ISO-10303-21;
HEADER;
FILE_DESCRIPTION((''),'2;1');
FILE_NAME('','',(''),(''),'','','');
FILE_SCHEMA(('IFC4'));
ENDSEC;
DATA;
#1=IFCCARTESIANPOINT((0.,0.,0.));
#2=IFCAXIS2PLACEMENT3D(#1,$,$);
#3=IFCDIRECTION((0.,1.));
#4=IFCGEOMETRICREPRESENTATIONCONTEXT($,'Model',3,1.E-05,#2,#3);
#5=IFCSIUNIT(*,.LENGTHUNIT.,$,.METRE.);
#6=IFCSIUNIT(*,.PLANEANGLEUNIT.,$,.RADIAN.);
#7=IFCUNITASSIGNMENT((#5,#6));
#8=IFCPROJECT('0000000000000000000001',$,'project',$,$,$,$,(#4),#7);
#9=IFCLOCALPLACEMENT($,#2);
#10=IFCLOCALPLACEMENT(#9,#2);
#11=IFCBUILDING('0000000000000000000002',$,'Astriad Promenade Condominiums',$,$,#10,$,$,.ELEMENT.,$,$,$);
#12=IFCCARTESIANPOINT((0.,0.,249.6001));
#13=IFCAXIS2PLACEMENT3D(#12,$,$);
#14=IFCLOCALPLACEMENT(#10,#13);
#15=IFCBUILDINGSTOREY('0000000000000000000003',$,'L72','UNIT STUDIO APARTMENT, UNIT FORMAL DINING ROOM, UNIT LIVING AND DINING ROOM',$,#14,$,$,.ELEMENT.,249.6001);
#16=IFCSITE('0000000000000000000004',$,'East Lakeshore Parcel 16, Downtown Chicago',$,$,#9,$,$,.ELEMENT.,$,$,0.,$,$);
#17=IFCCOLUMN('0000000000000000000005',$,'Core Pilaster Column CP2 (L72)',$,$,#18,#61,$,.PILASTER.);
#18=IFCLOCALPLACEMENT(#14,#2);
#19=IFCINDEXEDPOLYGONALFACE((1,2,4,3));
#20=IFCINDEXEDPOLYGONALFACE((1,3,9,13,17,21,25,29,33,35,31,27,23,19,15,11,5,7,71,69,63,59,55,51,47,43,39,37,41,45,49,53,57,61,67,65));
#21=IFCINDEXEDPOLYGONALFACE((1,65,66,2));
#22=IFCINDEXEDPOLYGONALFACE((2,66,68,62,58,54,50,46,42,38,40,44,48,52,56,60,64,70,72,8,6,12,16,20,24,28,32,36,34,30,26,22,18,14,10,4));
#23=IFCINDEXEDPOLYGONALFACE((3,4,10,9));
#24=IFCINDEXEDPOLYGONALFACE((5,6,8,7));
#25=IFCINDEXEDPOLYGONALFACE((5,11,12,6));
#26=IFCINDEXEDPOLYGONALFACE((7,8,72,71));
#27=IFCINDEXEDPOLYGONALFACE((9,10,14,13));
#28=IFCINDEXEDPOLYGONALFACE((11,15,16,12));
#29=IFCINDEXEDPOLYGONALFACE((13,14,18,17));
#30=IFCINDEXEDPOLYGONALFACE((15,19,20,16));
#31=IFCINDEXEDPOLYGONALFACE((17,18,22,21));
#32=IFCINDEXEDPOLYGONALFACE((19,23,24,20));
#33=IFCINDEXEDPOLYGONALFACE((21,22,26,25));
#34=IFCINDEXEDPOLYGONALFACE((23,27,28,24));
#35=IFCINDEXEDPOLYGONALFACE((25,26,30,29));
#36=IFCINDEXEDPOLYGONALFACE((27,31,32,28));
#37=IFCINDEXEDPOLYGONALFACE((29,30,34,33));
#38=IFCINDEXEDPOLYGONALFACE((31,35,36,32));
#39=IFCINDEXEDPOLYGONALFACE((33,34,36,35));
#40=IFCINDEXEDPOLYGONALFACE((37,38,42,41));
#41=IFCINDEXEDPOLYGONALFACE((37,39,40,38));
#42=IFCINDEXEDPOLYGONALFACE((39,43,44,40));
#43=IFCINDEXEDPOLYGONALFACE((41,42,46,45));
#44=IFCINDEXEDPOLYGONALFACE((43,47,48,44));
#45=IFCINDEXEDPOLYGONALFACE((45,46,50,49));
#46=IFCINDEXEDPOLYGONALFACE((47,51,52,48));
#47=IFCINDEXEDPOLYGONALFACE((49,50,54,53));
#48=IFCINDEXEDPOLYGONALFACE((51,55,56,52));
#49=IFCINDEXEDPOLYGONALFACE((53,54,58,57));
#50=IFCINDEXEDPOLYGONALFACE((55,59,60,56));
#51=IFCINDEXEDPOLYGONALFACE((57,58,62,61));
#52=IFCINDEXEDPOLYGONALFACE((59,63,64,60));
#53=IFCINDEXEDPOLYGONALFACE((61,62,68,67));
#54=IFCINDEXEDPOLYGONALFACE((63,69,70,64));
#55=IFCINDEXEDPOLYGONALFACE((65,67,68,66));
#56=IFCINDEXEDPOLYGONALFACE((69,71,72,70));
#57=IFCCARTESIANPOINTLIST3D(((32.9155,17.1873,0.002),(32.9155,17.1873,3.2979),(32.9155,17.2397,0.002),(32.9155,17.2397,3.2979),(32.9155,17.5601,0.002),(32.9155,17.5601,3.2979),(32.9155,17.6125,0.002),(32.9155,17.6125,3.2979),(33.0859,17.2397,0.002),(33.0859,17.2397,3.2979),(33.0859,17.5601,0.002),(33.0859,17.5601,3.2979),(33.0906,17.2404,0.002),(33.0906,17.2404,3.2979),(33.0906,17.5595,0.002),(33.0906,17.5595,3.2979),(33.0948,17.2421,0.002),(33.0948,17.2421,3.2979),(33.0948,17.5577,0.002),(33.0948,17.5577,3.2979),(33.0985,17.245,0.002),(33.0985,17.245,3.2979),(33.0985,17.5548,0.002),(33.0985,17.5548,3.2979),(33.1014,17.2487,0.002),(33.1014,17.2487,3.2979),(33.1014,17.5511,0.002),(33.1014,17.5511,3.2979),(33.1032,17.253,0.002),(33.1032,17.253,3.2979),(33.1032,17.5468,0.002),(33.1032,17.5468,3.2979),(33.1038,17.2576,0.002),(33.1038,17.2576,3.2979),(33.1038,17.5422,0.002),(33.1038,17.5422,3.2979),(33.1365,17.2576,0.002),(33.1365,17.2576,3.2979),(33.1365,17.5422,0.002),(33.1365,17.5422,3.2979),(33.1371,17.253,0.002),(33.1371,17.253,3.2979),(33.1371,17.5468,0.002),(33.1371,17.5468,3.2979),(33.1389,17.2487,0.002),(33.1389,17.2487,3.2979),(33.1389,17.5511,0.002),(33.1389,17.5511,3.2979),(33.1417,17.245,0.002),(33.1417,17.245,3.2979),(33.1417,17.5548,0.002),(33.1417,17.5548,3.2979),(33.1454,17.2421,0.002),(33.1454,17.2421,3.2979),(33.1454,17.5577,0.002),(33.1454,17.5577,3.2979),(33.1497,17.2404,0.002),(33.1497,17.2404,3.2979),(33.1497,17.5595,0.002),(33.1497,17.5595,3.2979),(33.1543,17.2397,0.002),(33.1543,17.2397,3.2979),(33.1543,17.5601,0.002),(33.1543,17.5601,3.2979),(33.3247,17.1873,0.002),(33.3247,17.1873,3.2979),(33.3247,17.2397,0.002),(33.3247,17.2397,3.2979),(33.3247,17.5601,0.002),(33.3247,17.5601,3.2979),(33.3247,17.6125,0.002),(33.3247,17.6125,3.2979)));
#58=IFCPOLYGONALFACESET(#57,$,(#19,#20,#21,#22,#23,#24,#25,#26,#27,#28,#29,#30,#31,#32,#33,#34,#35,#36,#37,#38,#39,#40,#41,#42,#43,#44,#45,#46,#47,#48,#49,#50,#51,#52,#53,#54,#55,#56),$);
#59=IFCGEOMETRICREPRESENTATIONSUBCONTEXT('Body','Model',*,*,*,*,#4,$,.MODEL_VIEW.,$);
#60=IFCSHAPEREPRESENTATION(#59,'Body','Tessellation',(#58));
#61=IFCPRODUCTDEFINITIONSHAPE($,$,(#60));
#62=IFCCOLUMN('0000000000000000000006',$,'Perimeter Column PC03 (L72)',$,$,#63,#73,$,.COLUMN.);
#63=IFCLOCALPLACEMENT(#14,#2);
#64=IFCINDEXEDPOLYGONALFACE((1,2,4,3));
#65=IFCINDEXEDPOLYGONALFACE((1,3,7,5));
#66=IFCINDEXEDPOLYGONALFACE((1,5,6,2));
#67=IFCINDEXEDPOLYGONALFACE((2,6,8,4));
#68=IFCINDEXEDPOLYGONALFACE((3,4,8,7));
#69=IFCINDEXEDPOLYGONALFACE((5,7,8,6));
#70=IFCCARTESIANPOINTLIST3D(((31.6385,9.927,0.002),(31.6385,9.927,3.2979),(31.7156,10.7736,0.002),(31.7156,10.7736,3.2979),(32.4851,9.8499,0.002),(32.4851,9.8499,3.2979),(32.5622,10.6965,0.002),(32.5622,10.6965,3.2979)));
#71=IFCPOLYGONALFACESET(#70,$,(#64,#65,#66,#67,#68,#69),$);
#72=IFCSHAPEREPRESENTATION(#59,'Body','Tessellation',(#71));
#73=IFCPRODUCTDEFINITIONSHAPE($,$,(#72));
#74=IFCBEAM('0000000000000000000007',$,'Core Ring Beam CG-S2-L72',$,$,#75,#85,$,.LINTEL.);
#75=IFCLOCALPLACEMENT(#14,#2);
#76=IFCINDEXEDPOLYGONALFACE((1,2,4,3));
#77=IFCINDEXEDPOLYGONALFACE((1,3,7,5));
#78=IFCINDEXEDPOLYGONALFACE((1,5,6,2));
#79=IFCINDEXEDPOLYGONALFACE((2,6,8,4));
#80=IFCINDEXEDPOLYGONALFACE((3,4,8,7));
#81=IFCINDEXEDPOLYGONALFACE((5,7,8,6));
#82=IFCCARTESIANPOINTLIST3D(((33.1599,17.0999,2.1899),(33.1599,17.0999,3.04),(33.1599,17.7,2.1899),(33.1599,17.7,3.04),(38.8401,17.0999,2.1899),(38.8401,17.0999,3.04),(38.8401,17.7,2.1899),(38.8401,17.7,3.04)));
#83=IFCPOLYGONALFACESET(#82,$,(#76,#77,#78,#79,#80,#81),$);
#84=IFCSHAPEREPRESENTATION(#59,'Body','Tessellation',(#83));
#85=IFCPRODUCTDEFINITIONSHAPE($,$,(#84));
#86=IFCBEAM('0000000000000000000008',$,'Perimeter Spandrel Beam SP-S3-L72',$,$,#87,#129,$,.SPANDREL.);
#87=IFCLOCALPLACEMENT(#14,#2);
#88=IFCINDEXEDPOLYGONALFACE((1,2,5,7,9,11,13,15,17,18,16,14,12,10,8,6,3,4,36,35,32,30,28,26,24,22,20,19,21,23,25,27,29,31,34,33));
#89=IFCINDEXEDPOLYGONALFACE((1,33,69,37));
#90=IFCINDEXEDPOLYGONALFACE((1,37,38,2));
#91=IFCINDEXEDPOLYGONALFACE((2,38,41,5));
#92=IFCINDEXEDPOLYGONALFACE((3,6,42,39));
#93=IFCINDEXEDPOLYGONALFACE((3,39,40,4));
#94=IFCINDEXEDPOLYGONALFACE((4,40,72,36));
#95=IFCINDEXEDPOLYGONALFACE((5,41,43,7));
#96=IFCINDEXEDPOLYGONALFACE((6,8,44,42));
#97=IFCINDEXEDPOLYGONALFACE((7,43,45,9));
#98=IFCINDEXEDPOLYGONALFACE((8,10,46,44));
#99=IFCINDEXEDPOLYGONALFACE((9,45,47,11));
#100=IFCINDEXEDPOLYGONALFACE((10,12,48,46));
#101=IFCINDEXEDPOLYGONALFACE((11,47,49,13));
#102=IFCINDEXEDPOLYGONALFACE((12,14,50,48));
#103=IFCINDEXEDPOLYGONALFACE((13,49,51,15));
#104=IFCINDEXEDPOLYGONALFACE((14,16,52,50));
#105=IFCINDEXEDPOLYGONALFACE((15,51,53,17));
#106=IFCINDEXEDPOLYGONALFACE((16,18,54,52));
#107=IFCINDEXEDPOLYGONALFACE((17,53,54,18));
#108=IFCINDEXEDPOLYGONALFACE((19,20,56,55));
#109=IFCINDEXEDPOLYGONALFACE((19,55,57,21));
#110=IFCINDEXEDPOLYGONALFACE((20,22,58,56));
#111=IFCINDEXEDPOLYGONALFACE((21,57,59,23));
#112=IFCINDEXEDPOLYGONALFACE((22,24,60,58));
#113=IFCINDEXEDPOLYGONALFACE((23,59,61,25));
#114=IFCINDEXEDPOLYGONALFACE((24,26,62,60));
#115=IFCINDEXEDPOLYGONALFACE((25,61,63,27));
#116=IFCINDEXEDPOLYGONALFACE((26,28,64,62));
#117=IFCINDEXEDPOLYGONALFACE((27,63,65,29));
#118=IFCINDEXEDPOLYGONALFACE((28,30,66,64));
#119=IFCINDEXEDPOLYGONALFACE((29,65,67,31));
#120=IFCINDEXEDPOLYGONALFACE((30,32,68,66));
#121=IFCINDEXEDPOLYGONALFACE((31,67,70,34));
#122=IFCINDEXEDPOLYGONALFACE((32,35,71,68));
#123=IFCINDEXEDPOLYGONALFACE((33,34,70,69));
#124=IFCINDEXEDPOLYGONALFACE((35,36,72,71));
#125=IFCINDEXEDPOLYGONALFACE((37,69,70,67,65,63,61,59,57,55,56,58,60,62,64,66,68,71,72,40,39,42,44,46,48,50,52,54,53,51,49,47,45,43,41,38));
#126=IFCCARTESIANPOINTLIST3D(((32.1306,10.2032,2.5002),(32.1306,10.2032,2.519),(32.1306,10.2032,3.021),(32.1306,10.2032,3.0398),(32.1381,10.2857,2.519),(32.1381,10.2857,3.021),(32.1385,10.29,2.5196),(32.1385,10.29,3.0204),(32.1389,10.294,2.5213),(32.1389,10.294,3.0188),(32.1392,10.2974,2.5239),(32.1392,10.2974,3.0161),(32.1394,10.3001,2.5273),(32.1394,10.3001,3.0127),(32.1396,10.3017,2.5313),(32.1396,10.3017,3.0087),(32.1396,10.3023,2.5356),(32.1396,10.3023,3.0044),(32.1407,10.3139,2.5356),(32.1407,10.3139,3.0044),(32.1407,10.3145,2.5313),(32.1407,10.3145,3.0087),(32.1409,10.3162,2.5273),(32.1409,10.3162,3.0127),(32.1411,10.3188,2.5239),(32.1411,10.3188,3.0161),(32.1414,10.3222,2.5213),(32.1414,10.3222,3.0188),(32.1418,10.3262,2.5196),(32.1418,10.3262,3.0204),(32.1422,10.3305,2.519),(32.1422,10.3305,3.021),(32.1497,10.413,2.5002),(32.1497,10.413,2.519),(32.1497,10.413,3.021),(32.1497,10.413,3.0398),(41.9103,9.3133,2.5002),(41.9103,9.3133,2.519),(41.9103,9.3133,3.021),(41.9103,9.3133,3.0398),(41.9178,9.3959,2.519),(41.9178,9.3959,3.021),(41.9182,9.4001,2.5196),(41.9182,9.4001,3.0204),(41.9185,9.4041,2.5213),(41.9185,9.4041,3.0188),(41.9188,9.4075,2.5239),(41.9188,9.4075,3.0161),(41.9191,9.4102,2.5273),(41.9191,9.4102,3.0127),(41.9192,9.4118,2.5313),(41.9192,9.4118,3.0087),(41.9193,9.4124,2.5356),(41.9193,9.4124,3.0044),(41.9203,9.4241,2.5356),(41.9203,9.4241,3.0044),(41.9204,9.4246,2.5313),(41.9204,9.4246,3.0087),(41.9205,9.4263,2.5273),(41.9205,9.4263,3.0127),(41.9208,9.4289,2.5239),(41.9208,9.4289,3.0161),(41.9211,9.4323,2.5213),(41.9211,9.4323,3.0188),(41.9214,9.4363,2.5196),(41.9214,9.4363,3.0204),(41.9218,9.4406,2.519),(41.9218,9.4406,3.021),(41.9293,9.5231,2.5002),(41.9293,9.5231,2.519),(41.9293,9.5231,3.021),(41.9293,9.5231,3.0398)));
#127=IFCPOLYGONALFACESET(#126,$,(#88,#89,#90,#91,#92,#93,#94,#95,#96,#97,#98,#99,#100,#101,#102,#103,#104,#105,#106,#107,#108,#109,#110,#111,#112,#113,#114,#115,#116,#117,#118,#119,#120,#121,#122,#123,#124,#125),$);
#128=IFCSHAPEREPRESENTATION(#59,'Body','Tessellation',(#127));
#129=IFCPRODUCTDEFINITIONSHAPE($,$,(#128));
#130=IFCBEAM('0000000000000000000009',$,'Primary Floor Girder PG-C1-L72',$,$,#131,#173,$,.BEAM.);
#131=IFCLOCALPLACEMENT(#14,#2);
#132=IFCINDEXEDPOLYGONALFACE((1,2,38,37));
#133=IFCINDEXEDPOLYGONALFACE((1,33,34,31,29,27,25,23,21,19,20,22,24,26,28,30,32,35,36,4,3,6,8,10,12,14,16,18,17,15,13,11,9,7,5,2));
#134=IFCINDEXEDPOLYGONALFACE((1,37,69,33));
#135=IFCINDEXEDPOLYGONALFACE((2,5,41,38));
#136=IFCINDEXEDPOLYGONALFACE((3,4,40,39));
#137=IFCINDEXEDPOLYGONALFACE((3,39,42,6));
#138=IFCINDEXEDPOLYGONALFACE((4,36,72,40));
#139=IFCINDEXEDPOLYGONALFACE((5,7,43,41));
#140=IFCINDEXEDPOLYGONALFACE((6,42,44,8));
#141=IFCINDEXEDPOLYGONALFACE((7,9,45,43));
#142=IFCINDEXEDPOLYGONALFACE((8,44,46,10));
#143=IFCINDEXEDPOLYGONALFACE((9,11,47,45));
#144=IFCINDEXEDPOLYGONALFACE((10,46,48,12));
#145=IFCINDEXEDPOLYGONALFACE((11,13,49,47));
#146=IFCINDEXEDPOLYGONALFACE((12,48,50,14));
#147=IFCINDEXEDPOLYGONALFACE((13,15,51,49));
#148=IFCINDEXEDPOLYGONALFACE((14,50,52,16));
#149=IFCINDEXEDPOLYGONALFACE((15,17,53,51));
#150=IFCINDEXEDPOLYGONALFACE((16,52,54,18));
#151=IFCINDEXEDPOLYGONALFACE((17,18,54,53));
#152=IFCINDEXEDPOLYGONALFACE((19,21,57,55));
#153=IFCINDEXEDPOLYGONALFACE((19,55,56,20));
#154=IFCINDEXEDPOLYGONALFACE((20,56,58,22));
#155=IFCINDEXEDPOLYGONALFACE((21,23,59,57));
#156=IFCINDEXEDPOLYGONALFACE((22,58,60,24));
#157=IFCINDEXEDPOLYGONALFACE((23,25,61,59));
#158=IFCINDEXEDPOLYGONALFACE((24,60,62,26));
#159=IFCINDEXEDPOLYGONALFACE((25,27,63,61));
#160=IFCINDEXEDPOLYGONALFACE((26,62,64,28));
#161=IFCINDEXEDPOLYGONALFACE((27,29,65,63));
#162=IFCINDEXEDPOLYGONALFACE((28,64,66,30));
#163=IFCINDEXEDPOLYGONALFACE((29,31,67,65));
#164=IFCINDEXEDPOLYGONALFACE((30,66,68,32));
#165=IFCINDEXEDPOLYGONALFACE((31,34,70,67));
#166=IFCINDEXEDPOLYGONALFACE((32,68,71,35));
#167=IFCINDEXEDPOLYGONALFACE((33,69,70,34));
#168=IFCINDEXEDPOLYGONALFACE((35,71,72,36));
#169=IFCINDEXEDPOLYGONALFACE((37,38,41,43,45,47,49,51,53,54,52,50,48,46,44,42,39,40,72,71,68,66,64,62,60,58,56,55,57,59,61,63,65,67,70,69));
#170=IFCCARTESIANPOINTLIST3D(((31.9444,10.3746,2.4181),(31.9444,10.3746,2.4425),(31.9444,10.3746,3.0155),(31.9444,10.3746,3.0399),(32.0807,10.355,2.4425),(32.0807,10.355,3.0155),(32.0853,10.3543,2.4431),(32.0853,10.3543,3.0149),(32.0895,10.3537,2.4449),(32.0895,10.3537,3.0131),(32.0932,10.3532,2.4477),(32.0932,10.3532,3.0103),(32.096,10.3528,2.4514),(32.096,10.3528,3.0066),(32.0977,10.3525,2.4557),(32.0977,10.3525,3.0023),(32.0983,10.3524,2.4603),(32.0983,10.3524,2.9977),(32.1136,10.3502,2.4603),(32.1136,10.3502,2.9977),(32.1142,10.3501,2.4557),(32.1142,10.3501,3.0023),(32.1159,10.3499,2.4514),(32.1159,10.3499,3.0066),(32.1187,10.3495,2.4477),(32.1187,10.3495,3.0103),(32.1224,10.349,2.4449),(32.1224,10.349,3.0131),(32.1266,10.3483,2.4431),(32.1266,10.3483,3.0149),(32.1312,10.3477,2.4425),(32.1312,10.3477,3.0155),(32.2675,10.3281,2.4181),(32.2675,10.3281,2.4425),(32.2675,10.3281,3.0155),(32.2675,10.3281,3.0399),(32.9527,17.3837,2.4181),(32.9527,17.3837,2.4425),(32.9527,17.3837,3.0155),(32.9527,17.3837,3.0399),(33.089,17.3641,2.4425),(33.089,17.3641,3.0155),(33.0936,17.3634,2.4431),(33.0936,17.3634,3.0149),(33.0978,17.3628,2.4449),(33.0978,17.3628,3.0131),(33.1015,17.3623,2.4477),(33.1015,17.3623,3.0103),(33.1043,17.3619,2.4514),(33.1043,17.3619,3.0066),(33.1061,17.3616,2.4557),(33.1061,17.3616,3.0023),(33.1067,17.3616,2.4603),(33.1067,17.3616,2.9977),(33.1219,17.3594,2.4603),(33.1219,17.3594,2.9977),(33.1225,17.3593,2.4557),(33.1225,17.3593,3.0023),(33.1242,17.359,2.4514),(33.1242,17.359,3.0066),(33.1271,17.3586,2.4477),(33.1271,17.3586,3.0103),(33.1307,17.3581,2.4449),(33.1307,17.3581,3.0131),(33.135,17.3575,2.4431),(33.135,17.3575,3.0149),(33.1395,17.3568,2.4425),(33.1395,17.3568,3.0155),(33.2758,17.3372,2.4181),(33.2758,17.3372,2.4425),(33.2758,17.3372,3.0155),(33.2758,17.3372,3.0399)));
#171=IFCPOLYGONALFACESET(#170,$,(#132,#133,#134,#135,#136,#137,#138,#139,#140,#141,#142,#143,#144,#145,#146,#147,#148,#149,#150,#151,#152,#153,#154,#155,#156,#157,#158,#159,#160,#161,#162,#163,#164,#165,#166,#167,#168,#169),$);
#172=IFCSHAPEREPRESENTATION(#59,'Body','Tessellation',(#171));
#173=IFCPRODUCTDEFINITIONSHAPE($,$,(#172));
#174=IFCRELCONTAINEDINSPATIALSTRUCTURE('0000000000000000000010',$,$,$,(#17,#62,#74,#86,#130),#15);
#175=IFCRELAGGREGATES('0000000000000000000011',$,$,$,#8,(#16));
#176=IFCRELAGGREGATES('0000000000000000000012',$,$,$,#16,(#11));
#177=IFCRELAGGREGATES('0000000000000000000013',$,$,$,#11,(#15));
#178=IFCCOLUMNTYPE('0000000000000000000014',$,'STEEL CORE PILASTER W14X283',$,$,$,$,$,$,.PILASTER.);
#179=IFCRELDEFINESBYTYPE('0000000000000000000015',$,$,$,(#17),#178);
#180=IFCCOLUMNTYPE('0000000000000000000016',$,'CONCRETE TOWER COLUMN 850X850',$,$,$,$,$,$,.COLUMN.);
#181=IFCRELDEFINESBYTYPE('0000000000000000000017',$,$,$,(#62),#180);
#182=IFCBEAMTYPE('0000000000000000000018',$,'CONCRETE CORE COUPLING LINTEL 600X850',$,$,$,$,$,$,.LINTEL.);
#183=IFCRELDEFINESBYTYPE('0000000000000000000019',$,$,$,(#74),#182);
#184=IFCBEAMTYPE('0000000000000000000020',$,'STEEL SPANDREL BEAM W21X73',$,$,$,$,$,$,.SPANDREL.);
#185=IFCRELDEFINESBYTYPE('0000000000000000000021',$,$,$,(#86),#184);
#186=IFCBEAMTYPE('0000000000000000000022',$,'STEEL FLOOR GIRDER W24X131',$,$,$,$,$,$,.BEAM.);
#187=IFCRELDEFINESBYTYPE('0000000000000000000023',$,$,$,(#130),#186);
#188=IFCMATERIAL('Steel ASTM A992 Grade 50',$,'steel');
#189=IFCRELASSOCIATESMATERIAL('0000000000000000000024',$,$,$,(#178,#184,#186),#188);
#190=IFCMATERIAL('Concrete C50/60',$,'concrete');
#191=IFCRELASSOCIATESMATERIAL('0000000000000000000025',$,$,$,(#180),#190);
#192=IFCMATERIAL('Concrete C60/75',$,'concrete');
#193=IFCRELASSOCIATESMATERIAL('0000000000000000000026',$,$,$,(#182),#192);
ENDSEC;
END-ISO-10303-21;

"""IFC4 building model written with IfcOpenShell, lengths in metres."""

from ifc_helpers import new_model, si_unit, direction, frame, origin, origin_2d, place, context, subcontext, project, spatial, rectangle, i_section, extrude, source, transform, mapped, material, material_profile, profile_set, type_object, type_shapes, element, save


model = new_model("IFC4")

# Units and contexts
model_context = context("Model", 3, precision=1e-05, world=origin(), true_north=direction((0.0, 1.0)))
body_context = subcontext(model_context, "Body", "Model", "MODEL_VIEW")
ifc_project = project(units=[si_unit("LENGTHUNIT", "METRE"), si_unit("PLANEANGLEUNIT", "RADIAN")], contexts=[model_context])

# Site, building, storey
site_placement = place(None, origin())
site = spatial("IfcSite", under=ifc_project, at=site_placement, Name="East Lakeshore Parcel 16, Downtown Chicago", CompositionType="ELEMENT", RefElevation=0.0)
building_placement = place(site_placement, origin())
building = spatial("IfcBuilding", under=site, at=building_placement, Name="Astriad Promenade Condominiums", CompositionType="ELEMENT")
storey_placement = place(building_placement, frame((0.0, 0.0, 249.6001)))
storey = spatial("IfcBuildingStorey", under=building, at=storey_placement, Name="L72", Description="UNIT STUDIO APARTMENT, UNIT FORMAL DINING ROOM, UNIT LIVING AND DINING ROOM", CompositionType="ELEMENT", Elevation=249.6001)

# Columns
ifc_material_1 = material(Name="Steel ASTM A992 Grade 50", Category="steel")
ifc_material_profile_1 = material_profile(ifc_material_1, i_section(OverallWidth=0.4092, OverallDepth=0.4253, WebThickness=0.0327, FlangeThickness=0.0525, FilletRadius=0.0178, at=origin_2d()), Name="W14X283")
ifc_profile_set_1 = profile_set([ifc_material_profile_1], Name="Steel ASTM A992 Grade 50")
column_type_1 = type_object("IfcColumnType", Name="STEEL CORE PILASTER W14X283", PredefinedType="PILASTER", material=ifc_profile_set_1)
shared_shape_1 = source(origin(), body_context, "Body", "SweptSolid", [
    extrude(i_section(OverallWidth=0.4092, OverallDepth=0.4253, WebThickness=0.0327, FlangeThickness=0.0525, FilletRadius=0.0178, at=origin_2d()), origin(), (0.0, 0.0, 1.0), 3.2959),
])
type_shapes(column_type_1, [shared_shape_1])
column_1_placement = place(storey_placement, frame((33.1201, 17.3999, 0.002), z_axis=(0.0, 0.0, 1.0), x_axis=(1.0, 0.0, 0.0)))
element("IfcColumn", 1, at=column_1_placement, inside=storey, type_object=column_type_1, Name="Core Pilaster Column CP2 (L72)", PredefinedType="PILASTER", context=body_context, shape_type="MappedRepresentation", body=[
    mapped(shared_shape_1, transform((0.0, 0.0, 0.0), scale=1.0)),
])
ifc_material_2 = material(Name="Concrete C50/60", Category="concrete")
ifc_material_profile_2 = material_profile(ifc_material_2, rectangle(XDim=0.8501, YDim=0.8501, at=origin_2d()), Name="RC-COL-850X850")
ifc_profile_set_2 = profile_set([ifc_material_profile_2], Name="Concrete C50/60")
column_type_2 = type_object("IfcColumnType", Name="CONCRETE TOWER COLUMN 850X850", PredefinedType="COLUMN", material=ifc_profile_set_2)
shared_shape_2 = source(origin(), body_context, "Body", "SweptSolid", [
    extrude(rectangle(XDim=0.8501, YDim=0.8501, at=origin_2d()), origin(), (0.0, 0.0, 1.0), 3.2959),
])
type_shapes(column_type_2, [shared_shape_2])
column_2_placement = place(storey_placement, frame((32.1003, 10.3118, 0.002), z_axis=(0.0, 0.0, 1.0), x_axis=(0.995884, -0.090633, 0.0)))
element("IfcColumn", 2, at=column_2_placement, inside=storey, type_object=column_type_2, Name="Perimeter Column PC03 (L72)", PredefinedType="COLUMN", context=body_context, shape_type="MappedRepresentation", body=[
    mapped(shared_shape_2, transform((0.0, 0.0, 0.0), scale=1.0)),
])

# Beams
ifc_material_3 = material(Name="Concrete C60/75", Category="concrete")
ifc_material_profile_3 = material_profile(ifc_material_3, rectangle(XDim=0.6001, YDim=0.8501, at=origin_2d()), Name="RC-BM-600X850")
ifc_profile_set_3 = profile_set([ifc_material_profile_3], Name="Concrete C60/75")
beam_type_1 = type_object("IfcBeamType", Name="CONCRETE CORE COUPLING LINTEL 600X850", PredefinedType="LINTEL", material=ifc_profile_set_3)
shared_shape_3 = source(origin(), body_context, "Body", "SweptSolid", [
    extrude(rectangle(XDim=0.6001, YDim=0.8501, at=origin_2d()), origin(), (0.0, 0.0, 1.0), 5.6802),
])
type_shapes(beam_type_1, [shared_shape_3])
beam_1_placement = place(storey_placement, frame((33.1599, 17.3999, 2.615), z_axis=(1.0, 0.0, 0.0), x_axis=(0.0, 1.0, 0.0)))
element("IfcBeam", 3, at=beam_1_placement, inside=storey, type_object=beam_type_1, Name="Core Ring Beam CG-S2-L72", PredefinedType="LINTEL", context=body_context, shape_type="MappedRepresentation", body=[
    mapped(shared_shape_3, transform((0.0, 0.0, 0.0), scale=1.0)),
])
ifc_material_profile_4 = material_profile(ifc_material_1, i_section(OverallWidth=0.2107, OverallDepth=0.5396, WebThickness=0.0117, FlangeThickness=0.0188, FilletRadius=0.0166, at=origin_2d()), Name="W21X73")
ifc_profile_set_4 = profile_set([ifc_material_profile_4], Name="Steel ASTM A992 Grade 50")
beam_type_2 = type_object("IfcBeamType", Name="STEEL SPANDREL BEAM W21X73", PredefinedType="SPANDREL", material=ifc_profile_set_4)
shared_shape_4 = source(origin(), body_context, "Body", "SweptSolid", [
    extrude(i_section(OverallWidth=0.2107, OverallDepth=0.5396, WebThickness=0.0117, FlangeThickness=0.0188, FilletRadius=0.0166, at=origin_2d()), origin(), (0.0, 0.0, 1.0), 9.8201),
])
type_shapes(beam_type_2, [shared_shape_4])
beam_2_placement = place(storey_placement, frame((32.1401, 10.3081, 2.77), z_axis=(0.995886, -0.090619, 0.0), x_axis=(0.090619, 0.995886, 0.0)))
element("IfcBeam", 4, at=beam_2_placement, inside=storey, type_object=beam_type_2, Name="Perimeter Spandrel Beam SP-S3-L72", PredefinedType="SPANDREL", context=body_context, shape_type="MappedRepresentation", body=[
    mapped(shared_shape_4, transform((0.0, 0.0, 0.0), scale=1.0)),
])
ifc_material_profile_5 = material_profile(ifc_material_1, i_section(OverallWidth=0.3264, OverallDepth=0.6218, WebThickness=0.0154, FlangeThickness=0.0244, FilletRadius=0.0178, at=origin_2d()), Name="W24X131")
ifc_profile_set_5 = profile_set([ifc_material_profile_5], Name="Steel ASTM A992 Grade 50")
beam_type_3 = type_object("IfcBeamType", Name="STEEL FLOOR GIRDER W24X131", PredefinedType="BEAM", material=ifc_profile_set_5)
shared_shape_5 = source(origin(), body_context, "Body", "SweptSolid", [
    extrude(i_section(OverallWidth=0.3264, OverallDepth=0.6218, WebThickness=0.0154, FlangeThickness=0.0244, FilletRadius=0.0178, at=origin_2d()), origin(), (0.0, 0.0, 1.0), 7.0813),
])
beam_3_placement = place(storey_placement, frame((32.106, 10.3513, 2.729), z_axis=(0.142391, 0.98981, 0.0), x_axis=(-0.98981, 0.142391, 0.0)))
element("IfcBeam", 5, at=beam_3_placement, inside=storey, type_object=beam_type_3, Name="Primary Floor Girder PG-C1-L72", PredefinedType="BEAM", context=body_context, shape_type="MappedRepresentation", body=[
    mapped(shared_shape_5, transform((0.0, 0.0, 0.0), scale=1.0)),
])

save(model, "model.ifc")
